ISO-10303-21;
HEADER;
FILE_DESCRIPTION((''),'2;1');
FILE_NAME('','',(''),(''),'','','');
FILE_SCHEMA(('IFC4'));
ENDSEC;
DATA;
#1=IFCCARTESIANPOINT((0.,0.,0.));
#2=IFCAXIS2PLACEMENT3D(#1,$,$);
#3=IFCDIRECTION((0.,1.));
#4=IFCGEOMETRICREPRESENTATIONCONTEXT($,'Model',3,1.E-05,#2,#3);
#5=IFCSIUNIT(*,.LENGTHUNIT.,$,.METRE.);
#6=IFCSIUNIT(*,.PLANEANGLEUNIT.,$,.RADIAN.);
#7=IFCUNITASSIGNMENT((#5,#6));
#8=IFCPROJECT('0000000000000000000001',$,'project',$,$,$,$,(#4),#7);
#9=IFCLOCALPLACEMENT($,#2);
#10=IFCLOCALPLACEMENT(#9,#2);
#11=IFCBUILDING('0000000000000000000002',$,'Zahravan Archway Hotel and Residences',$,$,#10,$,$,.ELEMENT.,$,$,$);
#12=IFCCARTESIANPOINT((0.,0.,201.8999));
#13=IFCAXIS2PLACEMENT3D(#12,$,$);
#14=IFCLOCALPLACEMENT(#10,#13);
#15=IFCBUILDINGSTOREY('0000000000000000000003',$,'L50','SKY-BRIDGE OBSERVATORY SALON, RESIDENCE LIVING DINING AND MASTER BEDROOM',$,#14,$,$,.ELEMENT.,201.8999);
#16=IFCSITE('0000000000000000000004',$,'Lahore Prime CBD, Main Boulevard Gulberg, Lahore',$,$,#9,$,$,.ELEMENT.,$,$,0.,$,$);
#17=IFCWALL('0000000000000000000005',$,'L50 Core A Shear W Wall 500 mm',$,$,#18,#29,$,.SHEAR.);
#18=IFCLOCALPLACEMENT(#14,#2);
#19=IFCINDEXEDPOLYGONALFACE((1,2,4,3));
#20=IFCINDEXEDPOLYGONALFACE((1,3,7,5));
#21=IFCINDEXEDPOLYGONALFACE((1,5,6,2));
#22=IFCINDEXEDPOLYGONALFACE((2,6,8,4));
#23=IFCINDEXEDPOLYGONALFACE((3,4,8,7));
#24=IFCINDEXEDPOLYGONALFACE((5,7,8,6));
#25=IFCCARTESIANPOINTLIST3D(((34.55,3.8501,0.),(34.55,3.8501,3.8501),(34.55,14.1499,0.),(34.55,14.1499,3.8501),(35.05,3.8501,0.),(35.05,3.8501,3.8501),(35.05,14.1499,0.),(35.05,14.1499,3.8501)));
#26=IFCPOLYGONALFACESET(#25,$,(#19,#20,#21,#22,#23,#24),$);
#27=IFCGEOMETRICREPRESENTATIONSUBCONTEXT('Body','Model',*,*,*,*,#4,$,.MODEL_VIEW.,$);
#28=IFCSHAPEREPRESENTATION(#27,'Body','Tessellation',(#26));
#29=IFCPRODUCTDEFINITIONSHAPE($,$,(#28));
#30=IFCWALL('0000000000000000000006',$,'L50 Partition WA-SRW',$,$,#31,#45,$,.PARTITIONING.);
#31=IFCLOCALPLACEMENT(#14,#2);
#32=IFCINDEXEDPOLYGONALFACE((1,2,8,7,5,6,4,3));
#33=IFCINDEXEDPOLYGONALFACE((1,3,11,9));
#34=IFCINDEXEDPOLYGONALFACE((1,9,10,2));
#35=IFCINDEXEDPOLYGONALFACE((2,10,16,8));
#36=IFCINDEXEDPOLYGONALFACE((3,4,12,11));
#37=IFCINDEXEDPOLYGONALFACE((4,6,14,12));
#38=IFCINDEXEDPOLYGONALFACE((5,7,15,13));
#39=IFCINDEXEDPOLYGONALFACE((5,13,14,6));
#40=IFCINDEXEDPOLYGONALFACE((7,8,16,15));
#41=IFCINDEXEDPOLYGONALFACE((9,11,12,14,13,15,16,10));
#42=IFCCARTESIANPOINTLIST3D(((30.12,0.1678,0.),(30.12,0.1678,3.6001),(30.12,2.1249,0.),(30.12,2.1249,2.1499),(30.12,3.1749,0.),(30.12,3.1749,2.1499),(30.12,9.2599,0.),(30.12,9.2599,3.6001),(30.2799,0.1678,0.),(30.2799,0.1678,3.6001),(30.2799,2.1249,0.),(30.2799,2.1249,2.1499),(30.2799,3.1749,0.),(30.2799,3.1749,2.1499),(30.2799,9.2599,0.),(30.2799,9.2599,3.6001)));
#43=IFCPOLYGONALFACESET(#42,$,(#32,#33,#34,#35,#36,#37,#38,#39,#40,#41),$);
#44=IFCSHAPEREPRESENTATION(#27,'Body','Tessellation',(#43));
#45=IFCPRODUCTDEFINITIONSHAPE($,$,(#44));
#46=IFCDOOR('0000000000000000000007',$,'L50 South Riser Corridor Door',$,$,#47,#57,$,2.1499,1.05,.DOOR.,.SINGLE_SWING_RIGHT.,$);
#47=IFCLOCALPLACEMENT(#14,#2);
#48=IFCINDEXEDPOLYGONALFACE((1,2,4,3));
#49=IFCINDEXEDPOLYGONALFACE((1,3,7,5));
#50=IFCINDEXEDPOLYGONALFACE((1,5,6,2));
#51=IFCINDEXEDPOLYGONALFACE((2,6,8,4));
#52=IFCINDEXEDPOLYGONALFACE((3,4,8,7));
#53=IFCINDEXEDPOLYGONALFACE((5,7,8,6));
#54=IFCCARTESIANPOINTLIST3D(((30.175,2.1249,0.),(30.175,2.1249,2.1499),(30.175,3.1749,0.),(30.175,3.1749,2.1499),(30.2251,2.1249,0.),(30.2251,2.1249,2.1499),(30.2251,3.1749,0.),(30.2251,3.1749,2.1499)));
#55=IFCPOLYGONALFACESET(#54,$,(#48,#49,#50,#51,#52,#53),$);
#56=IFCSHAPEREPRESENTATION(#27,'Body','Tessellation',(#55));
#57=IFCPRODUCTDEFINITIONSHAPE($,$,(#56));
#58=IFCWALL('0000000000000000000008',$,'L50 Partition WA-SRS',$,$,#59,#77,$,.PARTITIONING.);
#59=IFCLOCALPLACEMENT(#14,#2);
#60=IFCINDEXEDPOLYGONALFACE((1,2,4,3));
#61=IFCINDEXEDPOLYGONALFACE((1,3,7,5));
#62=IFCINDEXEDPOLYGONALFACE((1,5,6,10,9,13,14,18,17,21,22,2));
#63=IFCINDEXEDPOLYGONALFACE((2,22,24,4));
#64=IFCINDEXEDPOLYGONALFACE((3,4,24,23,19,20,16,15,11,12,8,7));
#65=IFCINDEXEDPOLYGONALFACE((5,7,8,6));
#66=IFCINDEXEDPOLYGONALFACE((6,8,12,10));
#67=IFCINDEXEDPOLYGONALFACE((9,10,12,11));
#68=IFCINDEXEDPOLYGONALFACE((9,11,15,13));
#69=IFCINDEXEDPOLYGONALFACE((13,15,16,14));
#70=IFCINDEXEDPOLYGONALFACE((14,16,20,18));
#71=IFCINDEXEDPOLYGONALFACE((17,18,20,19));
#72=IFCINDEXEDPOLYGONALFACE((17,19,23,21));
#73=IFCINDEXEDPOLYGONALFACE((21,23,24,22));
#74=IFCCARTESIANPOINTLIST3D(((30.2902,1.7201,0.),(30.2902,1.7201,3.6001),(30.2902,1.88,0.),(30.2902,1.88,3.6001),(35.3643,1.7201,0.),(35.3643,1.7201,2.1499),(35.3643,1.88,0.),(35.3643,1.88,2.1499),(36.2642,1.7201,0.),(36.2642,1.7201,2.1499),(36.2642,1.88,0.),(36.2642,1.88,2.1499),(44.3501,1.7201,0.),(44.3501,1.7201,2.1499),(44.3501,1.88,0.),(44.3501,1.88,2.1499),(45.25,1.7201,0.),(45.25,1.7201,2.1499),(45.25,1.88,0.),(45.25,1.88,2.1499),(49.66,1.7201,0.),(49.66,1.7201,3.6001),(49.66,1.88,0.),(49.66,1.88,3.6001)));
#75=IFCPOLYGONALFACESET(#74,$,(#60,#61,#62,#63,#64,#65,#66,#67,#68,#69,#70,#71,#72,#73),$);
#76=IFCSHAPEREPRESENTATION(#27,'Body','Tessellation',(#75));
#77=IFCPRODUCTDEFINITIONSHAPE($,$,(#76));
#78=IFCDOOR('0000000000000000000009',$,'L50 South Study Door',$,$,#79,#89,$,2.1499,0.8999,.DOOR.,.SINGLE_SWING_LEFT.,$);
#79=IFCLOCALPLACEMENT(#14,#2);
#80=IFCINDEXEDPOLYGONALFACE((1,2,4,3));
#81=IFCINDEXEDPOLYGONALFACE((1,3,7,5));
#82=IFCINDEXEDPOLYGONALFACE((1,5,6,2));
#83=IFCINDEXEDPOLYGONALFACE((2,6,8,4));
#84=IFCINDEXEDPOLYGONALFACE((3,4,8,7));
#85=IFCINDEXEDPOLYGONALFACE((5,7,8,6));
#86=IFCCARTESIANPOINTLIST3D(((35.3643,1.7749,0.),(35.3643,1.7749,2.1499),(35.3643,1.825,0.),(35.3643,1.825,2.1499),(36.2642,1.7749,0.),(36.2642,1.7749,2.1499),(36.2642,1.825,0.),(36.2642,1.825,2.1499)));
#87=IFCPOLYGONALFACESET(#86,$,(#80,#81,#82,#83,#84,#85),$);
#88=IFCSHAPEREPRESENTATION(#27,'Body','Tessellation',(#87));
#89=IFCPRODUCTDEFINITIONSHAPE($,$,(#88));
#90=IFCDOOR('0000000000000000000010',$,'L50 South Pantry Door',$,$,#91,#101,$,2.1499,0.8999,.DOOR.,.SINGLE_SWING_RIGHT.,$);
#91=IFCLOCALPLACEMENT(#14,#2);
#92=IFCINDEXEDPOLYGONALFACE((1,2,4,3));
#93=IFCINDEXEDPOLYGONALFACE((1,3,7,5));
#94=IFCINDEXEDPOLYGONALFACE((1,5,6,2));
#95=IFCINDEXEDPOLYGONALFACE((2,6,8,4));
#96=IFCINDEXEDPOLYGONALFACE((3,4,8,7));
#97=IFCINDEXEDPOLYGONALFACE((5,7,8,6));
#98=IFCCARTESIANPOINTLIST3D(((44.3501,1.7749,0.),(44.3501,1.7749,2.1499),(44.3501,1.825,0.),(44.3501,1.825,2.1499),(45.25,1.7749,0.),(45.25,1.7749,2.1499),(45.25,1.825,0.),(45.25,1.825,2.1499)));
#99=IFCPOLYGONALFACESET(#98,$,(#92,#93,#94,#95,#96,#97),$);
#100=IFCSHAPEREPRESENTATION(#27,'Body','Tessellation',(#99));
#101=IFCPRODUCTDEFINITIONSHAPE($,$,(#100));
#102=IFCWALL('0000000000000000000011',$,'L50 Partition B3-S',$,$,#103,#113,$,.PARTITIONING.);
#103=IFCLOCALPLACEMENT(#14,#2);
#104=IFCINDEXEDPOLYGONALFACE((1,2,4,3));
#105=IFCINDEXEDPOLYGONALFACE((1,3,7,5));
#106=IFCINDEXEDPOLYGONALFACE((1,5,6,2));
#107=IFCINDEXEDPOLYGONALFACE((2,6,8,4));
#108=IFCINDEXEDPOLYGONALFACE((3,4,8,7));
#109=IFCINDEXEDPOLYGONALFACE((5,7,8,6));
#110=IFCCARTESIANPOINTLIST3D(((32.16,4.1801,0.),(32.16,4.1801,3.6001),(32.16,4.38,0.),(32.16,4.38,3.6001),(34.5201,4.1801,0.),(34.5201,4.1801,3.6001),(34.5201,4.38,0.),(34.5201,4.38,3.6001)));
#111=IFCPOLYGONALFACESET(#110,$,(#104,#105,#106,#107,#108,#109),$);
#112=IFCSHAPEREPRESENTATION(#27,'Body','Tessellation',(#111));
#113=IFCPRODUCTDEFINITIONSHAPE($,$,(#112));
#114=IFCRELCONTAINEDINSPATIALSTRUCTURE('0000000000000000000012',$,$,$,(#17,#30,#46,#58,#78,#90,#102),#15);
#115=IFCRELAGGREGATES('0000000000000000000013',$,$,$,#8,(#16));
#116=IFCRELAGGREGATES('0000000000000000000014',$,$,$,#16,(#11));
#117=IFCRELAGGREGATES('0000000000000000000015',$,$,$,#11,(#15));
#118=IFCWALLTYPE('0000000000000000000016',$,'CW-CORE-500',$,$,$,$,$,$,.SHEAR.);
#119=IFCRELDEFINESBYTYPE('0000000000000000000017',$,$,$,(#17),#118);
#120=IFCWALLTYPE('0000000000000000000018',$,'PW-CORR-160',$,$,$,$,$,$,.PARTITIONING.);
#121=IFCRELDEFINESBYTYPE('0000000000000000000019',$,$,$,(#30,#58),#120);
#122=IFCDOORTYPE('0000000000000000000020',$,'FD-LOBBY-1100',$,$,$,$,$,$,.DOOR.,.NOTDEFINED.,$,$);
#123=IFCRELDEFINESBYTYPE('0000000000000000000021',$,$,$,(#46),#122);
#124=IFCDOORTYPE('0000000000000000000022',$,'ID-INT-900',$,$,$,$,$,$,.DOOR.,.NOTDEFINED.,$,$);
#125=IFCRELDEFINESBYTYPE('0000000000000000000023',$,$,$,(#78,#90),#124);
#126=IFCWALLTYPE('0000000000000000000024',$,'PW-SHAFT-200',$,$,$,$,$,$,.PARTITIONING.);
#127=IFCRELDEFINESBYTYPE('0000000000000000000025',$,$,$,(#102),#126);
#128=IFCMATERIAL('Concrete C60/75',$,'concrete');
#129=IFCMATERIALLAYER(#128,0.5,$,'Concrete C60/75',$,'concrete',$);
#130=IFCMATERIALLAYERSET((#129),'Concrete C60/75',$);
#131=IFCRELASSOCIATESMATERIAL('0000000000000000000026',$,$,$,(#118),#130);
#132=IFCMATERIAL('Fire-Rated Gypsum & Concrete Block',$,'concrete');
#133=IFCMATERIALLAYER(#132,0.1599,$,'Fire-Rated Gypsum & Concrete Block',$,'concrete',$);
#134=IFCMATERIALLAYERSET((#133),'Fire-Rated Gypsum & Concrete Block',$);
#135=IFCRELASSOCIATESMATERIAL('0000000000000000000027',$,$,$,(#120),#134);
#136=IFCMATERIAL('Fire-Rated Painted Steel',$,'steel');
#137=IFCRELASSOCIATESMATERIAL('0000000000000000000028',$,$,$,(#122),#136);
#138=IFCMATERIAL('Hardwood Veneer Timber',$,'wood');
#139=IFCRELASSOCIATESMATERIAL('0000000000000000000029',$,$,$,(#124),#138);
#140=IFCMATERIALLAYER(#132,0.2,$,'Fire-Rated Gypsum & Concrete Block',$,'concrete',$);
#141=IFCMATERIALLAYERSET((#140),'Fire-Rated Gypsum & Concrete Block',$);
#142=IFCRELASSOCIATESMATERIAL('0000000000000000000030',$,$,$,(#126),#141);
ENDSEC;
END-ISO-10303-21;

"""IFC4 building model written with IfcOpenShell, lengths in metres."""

from ifc_helpers import new_model, si_unit, direction, frame, frame_2d, origin, place, context, subcontext, project, spatial, rectangle, extrude, source, transform, mapped, material, layer, layer_set, type_object, type_shapes, element, fill, save


model = new_model("IFC4")

# Units and contexts
model_context = context("Model", 3, precision=1e-05, world=origin(), true_north=direction((0.0, 1.0)))
body_context = subcontext(model_context, "Body", "Model", "MODEL_VIEW")
ifc_project = project(units=[si_unit("LENGTHUNIT", "METRE"), si_unit("PLANEANGLEUNIT", "RADIAN")], contexts=[model_context])

# Site, building, storey
site_placement = place(None, origin())
site = spatial("IfcSite", under=ifc_project, at=site_placement, Name="Lahore Prime CBD, Main Boulevard Gulberg, Lahore", CompositionType="ELEMENT", RefElevation=0.0)
building_placement = place(site_placement, origin())
building = spatial("IfcBuilding", under=site, at=building_placement, Name="Zahravan Archway Hotel and Residences", CompositionType="ELEMENT")
storey_placement = place(building_placement, frame((0.0, 0.0, 201.8999)))
storey = spatial("IfcBuildingStorey", under=building, at=storey_placement, Name="L50", Description="SKY-BRIDGE OBSERVATORY SALON, RESIDENCE LIVING DINING AND MASTER BEDROOM", CompositionType="ELEMENT", Elevation=201.8999)

# Shared definitions
ifc_material_1 = material(Name="Concrete C60/75", Category="concrete")

# Shared definitions
ifc_layer_1 = layer(ifc_material_1, 0.5, Name="Concrete C60/75", Category="concrete")
ifc_layer_set_1 = layer_set([ifc_layer_1], Name="Concrete C60/75")
wall_type_1 = type_object("IfcWallType", Name="CW-CORE-500", PredefinedType="SHEAR", material=ifc_layer_set_1)
ifc_material_2 = material(Name="Fire-Rated Painted Steel", Category="steel")

# Wall
wall_1_placement = place(storey_placement, frame((34.8, 3.8501, 0.0), z_axis=(0.0, 0.0, 1.0), x_axis=(0.0, 1.0, 0.0)))
element("IfcWall", 1, at=wall_1_placement, inside=storey, type_object=wall_type_1, Name="L50 Core A Shear W Wall 500 mm", PredefinedType="SHEAR", context=body_context, shape_type="SweptSolid", body=[
    extrude(rectangle(XDim=10.2998, YDim=0.5, at=frame_2d((5.1499, 0.0))), origin(), (0.0, 0.0, 1.0), 3.8501),
])

# Wall, opening, door
ifc_material_3 = material(Name="Fire-Rated Gypsum & Concrete Block", Category="concrete")
ifc_layer_2 = layer(ifc_material_3, 0.1599, Name="Fire-Rated Gypsum & Concrete Block", Category="concrete")
ifc_layer_set_2 = layer_set([ifc_layer_2], Name="Fire-Rated Gypsum & Concrete Block")
wall_type_2 = type_object("IfcWallType", Name="PW-CORR-160", PredefinedType="PARTITIONING", material=ifc_layer_set_2)
wall_2_placement = place(storey_placement, frame((30.2, 0.168, 0.0), z_axis=(0.0, 0.0, 1.0), x_axis=(0.0, 1.0, 0.0)))
wall_2 = element("IfcWall", 2, at=wall_2_placement, inside=storey, type_object=wall_type_2, Name="L50 Partition WA-SRW", PredefinedType="PARTITIONING", context=body_context, shape_type="SweptSolid", body=[
    extrude(rectangle(XDim=9.092, YDim=0.1599, at=frame_2d((4.5459, 0.0))), origin(), (0.0, 0.0, 1.0), 3.6001),
])
opening_1_placement = place(wall_2_placement, frame((1.957, 0.0, 0.0)))
opening_1 = element("IfcOpeningElement", 3, at=opening_1_placement, cuts=wall_2, PredefinedType="OPENING", context=body_context, shape_type="SweptSolid", body=[
    extrude(rectangle(XDim=1.05, YDim=2.1499, at=frame_2d((0.5249, 1.075))), frame((0.0, 0.0898, 0.0), z_axis=(0.0, -1.0, 0.0), x_axis=(1.0, 0.0, 0.0)), (0.0, 0.0, 1.0), 0.1799),
])
door_type_1 = type_object("IfcDoorType", Name="FD-LOBBY-1100", OperationType="NOTDEFINED", PredefinedType="DOOR", material=ifc_material_2)
shared_shape_1 = source(origin(), body_context, "Body", "SweptSolid", [
    extrude(rectangle(XDim=1.05, YDim=2.1499, at=frame_2d((0.5249, 1.075))), frame((0.0, 0.0249, 0.0), z_axis=(0.0, -1.0, 0.0), x_axis=(1.0, 0.0, 0.0)), (0.0, 0.0, 1.0), 0.05),
])
type_shapes(door_type_1, [shared_shape_1])
door_1_placement = place(opening_1_placement, origin())
door_1 = element("IfcDoor", 4, at=door_1_placement, inside=storey, type_object=door_type_1, Name="L50 South Riser Corridor Door", OperationType="SINGLE_SWING_RIGHT", OverallHeight=2.1499, OverallWidth=1.05, PredefinedType="DOOR", context=body_context, shape_type="MappedRepresentation", body=[
    mapped(shared_shape_1, transform((0.0, 0.0, 0.0), scale=1.0)),
])
fill(opening_1, door_1)

# Wall, openings, doors
wall_3_placement = place(storey_placement, frame((30.29, 1.8, 0.0), z_axis=(0.0, 0.0, 1.0), x_axis=(1.0, 0.0, 0.0)))
wall_3 = element("IfcWall", 5, at=wall_3_placement, inside=storey, type_object=wall_type_2, Name="L50 Partition WA-SRS", PredefinedType="PARTITIONING", context=body_context, shape_type="SweptSolid", body=[
    extrude(rectangle(XDim=19.3699, YDim=0.1599, at=frame_2d((9.6851, 0.0))), origin(), (0.0, 0.0, 1.0), 3.6001),
])
opening_2_placement = place(wall_3_placement, frame((5.0742, 0.0, 0.0)))
opening_2 = element("IfcOpeningElement", 6, at=opening_2_placement, cuts=wall_3, PredefinedType="OPENING", context=body_context, shape_type="SweptSolid", body=[
    extrude(rectangle(XDim=0.8999, YDim=2.1499, at=frame_2d((0.45, 1.075))), frame((0.0, 0.0898, 0.0), z_axis=(0.0, -1.0, 0.0), x_axis=(1.0, 0.0, 0.0)), (0.0, 0.0, 1.0), 0.1799),
])
opening_3_placement = place(wall_3_placement, frame((14.0601, 0.0, 0.0)))
opening_3 = element("IfcOpeningElement", 7, at=opening_3_placement, cuts=wall_3, PredefinedType="OPENING", context=body_context, shape_type="SweptSolid", body=[
    extrude(rectangle(XDim=0.8999, YDim=2.1499, at=frame_2d((0.45, 1.075))), frame((0.0, 0.0898, 0.0), z_axis=(0.0, -1.0, 0.0), x_axis=(1.0, 0.0, 0.0)), (0.0, 0.0, 1.0), 0.1799),
])
ifc_material_4 = material(Name="Hardwood Veneer Timber", Category="wood")
door_type_2 = type_object("IfcDoorType", Name="ID-INT-900", OperationType="NOTDEFINED", PredefinedType="DOOR", material=ifc_material_4)
shared_shape_2 = source(origin(), body_context, "Body", "SweptSolid", [
    extrude(rectangle(XDim=0.8999, YDim=2.1499, at=frame_2d((0.45, 1.075))), frame((0.0, 0.0249, 0.0), z_axis=(0.0, -1.0, 0.0), x_axis=(1.0, 0.0, 0.0)), (0.0, 0.0, 1.0), 0.05),
])
type_shapes(door_type_2, [shared_shape_2])
door_2_placement = place(opening_2_placement, origin())
door_2 = element("IfcDoor", 8, at=door_2_placement, inside=storey, type_object=door_type_2, Name="L50 South Study Door", OperationType="SINGLE_SWING_LEFT", OverallHeight=2.1499, OverallWidth=0.8999, PredefinedType="DOOR", context=body_context, shape_type="MappedRepresentation", body=[
    mapped(shared_shape_2, transform((0.0, 0.0, 0.0), scale=1.0)),
])
fill(opening_2, door_2)
door_3_placement = place(opening_3_placement, origin())
door_3 = element("IfcDoor", 9, at=door_3_placement, inside=storey, type_object=door_type_2, Name="L50 South Pantry Door", OperationType="SINGLE_SWING_RIGHT", OverallHeight=2.1499, OverallWidth=0.8999, PredefinedType="DOOR", context=body_context, shape_type="MappedRepresentation", body=[
    mapped(shared_shape_2, transform((0.0, 0.0, 0.0), scale=1.0)),
])
fill(opening_3, door_3)

# Wall
ifc_layer_3 = layer(ifc_material_3, 0.2, Name="Fire-Rated Gypsum & Concrete Block", Category="concrete")
ifc_layer_set_3 = layer_set([ifc_layer_3], Name="Fire-Rated Gypsum & Concrete Block")
wall_type_3 = type_object("IfcWallType", Name="PW-SHAFT-200", PredefinedType="PARTITIONING", material=ifc_layer_set_3)
wall_4_placement = place(storey_placement, frame((32.1599, 4.28, 0.0), z_axis=(0.0, 0.0, 1.0), x_axis=(1.0, 0.0, 0.0)))
element("IfcWall", 10, at=wall_4_placement, inside=storey, type_object=wall_type_3, Name="L50 Partition B3-S", PredefinedType="PARTITIONING", context=body_context, shape_type="SweptSolid", body=[
    extrude(rectangle(XDim=2.3601, YDim=0.2, at=frame_2d((1.1802, 0.0))), origin(), (0.0, 0.0, 1.0), 3.6001),
])

save(model, "model.ifc")
